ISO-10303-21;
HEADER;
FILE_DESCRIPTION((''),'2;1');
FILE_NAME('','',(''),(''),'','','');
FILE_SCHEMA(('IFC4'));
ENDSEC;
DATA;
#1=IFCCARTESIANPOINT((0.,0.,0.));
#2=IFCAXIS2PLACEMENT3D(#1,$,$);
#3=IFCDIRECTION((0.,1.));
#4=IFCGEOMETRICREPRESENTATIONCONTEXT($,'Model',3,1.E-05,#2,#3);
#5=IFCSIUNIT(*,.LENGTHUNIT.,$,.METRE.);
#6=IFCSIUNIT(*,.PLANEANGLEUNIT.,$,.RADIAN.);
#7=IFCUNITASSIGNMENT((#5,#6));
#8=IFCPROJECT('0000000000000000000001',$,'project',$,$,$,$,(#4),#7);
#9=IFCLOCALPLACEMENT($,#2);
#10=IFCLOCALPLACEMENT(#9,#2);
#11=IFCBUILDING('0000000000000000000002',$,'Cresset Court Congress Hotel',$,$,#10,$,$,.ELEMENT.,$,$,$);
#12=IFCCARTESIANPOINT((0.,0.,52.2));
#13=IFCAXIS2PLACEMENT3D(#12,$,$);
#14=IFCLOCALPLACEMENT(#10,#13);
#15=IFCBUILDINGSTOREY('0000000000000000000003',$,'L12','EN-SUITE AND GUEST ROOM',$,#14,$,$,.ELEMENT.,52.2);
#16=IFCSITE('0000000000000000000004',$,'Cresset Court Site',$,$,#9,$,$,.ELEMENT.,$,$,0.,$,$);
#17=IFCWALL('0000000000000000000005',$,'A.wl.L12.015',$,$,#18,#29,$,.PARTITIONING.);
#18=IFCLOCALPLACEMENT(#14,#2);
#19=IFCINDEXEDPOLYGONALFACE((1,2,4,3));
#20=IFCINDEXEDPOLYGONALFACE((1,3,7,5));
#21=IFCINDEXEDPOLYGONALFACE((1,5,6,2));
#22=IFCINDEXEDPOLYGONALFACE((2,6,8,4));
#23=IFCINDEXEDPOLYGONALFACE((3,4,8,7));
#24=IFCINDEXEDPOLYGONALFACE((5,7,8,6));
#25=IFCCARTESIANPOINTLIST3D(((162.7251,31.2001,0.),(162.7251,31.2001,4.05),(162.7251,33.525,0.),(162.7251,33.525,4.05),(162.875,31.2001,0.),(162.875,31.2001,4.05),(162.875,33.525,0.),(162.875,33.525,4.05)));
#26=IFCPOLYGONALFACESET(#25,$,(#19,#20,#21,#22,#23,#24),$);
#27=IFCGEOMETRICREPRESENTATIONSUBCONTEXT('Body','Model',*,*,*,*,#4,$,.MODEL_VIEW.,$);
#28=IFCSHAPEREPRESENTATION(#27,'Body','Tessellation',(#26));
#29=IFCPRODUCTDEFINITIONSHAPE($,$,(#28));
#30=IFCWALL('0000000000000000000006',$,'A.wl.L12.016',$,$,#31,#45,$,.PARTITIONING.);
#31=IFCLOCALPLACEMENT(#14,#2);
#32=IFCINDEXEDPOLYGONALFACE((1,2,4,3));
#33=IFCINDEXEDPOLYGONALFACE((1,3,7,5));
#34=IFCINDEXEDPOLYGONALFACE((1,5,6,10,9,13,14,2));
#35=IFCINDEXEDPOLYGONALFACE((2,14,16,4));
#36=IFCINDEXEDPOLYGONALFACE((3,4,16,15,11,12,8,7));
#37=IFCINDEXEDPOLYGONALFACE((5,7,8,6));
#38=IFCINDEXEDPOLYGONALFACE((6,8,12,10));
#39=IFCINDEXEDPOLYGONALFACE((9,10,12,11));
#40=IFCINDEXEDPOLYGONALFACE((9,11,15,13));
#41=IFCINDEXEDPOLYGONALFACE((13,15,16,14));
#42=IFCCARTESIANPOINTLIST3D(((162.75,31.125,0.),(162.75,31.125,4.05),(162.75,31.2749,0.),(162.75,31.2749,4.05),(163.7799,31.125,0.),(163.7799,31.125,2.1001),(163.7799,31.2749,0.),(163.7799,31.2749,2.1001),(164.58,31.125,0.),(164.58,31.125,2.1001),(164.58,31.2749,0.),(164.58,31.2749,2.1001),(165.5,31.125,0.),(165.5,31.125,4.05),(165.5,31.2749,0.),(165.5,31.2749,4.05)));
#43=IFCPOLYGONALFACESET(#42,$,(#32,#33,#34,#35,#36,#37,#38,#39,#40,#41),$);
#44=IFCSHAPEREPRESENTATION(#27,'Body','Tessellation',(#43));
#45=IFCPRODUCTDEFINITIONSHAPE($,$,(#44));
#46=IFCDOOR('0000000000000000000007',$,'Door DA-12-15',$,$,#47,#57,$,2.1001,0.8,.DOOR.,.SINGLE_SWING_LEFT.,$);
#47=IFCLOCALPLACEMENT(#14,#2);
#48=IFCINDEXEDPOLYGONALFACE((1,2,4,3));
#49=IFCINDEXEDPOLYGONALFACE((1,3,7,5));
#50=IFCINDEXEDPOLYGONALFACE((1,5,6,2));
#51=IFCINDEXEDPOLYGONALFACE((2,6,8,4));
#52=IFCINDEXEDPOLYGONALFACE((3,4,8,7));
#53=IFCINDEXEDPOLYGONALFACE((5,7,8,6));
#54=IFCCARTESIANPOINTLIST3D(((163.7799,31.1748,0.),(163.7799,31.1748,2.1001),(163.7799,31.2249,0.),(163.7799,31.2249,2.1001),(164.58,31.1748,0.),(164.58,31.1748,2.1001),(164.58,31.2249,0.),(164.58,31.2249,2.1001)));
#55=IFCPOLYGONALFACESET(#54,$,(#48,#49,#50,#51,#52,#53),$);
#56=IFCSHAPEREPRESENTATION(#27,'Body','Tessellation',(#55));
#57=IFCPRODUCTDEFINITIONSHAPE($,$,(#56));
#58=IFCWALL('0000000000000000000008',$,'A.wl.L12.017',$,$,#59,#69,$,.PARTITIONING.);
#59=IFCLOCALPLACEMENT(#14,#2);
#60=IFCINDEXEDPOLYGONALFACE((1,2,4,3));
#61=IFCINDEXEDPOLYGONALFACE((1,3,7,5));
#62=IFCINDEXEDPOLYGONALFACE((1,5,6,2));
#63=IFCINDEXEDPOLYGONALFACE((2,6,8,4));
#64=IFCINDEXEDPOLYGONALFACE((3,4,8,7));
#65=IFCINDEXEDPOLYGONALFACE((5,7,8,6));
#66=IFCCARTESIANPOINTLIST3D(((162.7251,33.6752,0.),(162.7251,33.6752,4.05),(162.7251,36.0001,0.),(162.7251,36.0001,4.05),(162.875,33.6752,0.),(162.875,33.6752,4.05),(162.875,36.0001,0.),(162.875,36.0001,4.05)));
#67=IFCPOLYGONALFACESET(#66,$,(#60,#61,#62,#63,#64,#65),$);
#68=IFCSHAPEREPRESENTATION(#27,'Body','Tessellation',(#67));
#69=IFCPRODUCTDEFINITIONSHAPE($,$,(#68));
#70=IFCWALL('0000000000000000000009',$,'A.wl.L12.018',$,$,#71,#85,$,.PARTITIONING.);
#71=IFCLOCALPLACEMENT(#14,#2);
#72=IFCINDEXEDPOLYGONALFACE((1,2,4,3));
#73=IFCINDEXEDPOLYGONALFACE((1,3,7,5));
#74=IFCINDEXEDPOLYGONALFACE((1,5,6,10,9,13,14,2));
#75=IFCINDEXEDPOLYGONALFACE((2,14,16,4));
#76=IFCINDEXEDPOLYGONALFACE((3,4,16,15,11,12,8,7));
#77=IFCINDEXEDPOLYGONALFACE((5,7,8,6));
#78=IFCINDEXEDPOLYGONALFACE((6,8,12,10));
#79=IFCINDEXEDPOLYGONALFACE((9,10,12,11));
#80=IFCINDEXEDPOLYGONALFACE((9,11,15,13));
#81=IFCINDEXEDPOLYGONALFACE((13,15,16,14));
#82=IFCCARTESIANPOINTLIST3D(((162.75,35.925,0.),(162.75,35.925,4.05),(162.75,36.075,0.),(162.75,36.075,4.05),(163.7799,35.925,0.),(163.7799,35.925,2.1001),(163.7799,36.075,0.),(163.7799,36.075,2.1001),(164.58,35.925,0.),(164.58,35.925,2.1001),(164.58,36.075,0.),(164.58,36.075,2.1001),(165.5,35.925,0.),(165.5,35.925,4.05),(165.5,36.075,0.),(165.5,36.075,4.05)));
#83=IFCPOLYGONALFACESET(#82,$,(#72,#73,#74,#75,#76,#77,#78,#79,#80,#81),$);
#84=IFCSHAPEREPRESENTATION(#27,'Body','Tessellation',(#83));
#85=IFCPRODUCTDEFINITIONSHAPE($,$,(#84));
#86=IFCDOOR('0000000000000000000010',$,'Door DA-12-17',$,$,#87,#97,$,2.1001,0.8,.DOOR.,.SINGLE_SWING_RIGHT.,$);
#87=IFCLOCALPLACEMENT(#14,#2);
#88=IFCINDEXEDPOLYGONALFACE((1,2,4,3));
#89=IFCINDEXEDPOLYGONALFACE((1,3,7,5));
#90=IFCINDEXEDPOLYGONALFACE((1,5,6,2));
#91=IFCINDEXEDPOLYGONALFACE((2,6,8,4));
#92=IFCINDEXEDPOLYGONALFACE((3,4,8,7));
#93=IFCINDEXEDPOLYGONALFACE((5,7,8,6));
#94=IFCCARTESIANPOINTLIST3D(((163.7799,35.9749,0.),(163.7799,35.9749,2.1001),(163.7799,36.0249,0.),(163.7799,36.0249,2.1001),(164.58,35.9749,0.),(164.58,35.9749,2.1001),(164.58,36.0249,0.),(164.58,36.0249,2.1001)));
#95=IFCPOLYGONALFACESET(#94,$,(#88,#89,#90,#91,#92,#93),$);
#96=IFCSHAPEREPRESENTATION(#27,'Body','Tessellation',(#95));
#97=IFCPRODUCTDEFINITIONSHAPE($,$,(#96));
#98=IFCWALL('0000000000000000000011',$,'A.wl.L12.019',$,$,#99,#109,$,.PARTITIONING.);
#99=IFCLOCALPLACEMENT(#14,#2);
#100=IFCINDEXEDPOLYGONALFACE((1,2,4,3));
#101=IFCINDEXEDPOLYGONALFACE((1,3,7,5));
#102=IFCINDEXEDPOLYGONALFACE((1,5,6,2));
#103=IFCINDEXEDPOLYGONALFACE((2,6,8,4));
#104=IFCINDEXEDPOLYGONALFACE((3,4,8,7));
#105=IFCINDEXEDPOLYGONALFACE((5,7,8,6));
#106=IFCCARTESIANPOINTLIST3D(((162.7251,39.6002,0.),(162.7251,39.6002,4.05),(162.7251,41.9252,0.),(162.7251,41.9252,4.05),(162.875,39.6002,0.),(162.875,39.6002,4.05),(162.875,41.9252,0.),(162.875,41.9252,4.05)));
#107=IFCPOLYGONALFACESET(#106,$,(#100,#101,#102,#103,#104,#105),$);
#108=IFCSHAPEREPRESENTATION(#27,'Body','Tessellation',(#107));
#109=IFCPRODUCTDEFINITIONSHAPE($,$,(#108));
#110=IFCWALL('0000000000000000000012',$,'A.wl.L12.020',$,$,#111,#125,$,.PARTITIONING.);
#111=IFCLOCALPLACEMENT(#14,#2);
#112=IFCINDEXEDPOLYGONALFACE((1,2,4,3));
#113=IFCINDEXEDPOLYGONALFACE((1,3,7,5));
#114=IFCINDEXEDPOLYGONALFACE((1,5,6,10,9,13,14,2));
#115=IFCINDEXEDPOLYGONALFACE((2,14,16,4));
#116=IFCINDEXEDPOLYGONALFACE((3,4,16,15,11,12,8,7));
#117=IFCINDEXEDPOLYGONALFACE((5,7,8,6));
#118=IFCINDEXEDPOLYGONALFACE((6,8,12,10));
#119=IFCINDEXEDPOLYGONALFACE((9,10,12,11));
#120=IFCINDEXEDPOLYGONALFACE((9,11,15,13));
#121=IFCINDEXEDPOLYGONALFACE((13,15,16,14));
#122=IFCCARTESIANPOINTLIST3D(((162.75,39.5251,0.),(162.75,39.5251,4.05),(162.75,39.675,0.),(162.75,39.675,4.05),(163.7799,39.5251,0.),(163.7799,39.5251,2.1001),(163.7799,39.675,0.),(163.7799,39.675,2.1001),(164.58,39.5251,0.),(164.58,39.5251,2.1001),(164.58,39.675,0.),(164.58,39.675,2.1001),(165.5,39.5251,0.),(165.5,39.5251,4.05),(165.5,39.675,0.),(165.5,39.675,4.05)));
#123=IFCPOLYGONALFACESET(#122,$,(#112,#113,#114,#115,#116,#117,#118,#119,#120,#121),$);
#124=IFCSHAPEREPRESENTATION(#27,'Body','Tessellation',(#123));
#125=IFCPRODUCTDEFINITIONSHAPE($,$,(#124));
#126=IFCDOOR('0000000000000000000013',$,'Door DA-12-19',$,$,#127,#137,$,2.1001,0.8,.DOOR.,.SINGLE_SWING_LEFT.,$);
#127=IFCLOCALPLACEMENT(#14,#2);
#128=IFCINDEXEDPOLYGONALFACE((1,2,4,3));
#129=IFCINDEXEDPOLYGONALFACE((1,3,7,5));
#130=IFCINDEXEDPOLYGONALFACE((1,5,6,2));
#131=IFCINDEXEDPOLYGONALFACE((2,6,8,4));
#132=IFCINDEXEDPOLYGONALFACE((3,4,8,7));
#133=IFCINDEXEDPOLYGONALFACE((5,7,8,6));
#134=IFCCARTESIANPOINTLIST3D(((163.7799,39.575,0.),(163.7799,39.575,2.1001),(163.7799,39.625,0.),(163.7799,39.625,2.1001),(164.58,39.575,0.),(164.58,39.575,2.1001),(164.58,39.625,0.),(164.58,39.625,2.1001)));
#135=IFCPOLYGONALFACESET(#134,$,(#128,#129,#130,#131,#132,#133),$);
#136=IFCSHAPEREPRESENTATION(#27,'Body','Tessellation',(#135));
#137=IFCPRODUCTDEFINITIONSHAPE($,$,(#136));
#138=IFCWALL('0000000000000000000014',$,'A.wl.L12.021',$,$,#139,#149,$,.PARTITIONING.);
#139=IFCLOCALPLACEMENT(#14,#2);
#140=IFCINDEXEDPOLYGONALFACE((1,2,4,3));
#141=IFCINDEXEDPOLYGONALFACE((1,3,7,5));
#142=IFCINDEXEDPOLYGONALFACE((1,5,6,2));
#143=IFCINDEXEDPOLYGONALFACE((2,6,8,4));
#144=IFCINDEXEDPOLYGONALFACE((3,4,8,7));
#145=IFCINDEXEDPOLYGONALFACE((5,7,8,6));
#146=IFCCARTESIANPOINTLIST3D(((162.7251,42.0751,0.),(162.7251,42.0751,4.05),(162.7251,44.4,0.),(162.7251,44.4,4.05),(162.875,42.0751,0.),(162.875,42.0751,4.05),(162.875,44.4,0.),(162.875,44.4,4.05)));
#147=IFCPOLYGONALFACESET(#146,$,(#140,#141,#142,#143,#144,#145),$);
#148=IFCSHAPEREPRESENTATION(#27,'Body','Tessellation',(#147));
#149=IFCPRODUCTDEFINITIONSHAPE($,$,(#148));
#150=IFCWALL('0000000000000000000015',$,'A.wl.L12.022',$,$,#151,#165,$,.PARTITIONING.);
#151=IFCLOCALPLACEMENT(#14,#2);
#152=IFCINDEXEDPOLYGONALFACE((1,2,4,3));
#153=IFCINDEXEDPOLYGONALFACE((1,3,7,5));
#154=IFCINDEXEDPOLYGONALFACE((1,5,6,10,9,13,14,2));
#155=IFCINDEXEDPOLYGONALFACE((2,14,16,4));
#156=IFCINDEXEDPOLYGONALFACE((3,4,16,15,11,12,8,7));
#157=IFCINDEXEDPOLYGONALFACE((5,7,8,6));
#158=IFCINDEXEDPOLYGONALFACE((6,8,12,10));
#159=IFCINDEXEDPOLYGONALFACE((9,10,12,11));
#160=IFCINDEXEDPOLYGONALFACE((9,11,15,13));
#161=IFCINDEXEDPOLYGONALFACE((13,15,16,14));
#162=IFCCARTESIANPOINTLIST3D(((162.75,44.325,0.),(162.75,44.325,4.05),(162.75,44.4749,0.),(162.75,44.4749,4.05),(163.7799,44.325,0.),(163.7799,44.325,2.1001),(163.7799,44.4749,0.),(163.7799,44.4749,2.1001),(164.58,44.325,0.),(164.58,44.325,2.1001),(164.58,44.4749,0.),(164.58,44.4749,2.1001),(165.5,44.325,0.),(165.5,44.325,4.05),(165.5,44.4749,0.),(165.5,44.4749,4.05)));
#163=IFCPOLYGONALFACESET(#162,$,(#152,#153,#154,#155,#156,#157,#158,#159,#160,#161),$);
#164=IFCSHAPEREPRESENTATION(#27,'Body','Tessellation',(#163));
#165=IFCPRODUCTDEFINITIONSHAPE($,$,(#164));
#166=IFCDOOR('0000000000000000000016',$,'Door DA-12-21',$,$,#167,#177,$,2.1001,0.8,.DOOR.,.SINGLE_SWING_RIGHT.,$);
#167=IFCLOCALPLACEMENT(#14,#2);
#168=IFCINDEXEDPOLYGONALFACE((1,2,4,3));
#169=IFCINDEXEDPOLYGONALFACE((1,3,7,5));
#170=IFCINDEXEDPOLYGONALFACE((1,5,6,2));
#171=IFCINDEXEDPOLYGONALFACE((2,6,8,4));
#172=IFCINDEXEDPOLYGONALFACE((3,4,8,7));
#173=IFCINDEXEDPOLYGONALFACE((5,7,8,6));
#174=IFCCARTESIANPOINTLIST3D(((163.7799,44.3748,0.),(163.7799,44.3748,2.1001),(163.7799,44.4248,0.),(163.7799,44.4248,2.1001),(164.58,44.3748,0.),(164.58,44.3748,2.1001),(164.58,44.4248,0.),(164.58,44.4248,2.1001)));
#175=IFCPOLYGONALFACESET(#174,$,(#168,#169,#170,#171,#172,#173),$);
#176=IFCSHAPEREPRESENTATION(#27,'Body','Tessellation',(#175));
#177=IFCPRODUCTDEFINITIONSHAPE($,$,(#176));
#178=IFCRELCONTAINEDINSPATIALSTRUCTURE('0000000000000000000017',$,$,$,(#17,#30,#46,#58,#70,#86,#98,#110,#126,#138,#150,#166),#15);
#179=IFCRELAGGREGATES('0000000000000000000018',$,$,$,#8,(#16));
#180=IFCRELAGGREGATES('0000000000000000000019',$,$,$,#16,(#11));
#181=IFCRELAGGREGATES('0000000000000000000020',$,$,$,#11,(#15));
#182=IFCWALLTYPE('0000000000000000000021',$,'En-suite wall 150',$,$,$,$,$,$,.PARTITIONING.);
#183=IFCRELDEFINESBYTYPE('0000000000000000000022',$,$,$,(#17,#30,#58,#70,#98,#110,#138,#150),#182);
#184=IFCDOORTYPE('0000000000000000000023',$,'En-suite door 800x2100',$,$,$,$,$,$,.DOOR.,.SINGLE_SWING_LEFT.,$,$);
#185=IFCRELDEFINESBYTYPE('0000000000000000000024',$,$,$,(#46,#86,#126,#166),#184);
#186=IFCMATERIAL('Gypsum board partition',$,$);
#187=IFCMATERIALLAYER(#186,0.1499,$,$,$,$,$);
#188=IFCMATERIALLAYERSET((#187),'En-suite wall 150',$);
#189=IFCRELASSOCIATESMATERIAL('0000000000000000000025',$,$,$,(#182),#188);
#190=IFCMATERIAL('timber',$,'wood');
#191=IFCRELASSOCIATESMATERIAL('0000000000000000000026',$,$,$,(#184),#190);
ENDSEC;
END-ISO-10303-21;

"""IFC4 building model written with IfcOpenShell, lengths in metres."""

from ifc_helpers import new_model, si_unit, direction, frame, frame_2d, origin, place, context, subcontext, project, spatial, rectangle, extrude, material, layer, layer_set, type_object, element, fill, save


model = new_model("IFC4")

# Units and contexts
model_context = context("Model", 3, precision=1e-05, world=origin(), true_north=direction((0.0, 1.0)))
body_context = subcontext(model_context, "Body", "Model", "MODEL_VIEW")
ifc_project = project(units=[si_unit("LENGTHUNIT", "METRE"), si_unit("PLANEANGLEUNIT", "RADIAN")], contexts=[model_context])

# Site, building, storey
site_placement = place(None, origin())
site = spatial("IfcSite", under=ifc_project, at=site_placement, Name="Cresset Court Site", CompositionType="ELEMENT", RefElevation=0.0)
building_placement = place(site_placement, origin())
building = spatial("IfcBuilding", under=site, at=building_placement, Name="Cresset Court Congress Hotel", CompositionType="ELEMENT")
storey_placement = place(building_placement, frame((0.0, 0.0, 52.2)))
storey = spatial("IfcBuildingStorey", under=building, at=storey_placement, Name="L12", Description="EN-SUITE AND GUEST ROOM", CompositionType="ELEMENT", Elevation=52.2)

# Wall
ifc_material_1 = material(Name="Gypsum board partition")
ifc_layer_1 = layer(ifc_material_1, 0.1499)
ifc_layer_set_1 = layer_set([ifc_layer_1], Name="En-suite wall 150")
wall_type_1 = type_object("IfcWallType", Name="En-suite wall 150", PredefinedType="PARTITIONING", material=ifc_layer_set_1)
wall_1_placement = place(storey_placement, frame((162.8, 31.2, 0.0), z_axis=(0.0, 0.0, 1.0), x_axis=(0.0, 1.0, 0.0)))
element("IfcWall", 1, at=wall_1_placement, inside=storey, type_object=wall_type_1, Name="A.wl.L12.015", PredefinedType="PARTITIONING", context=body_context, shape_type="SweptSolid", body=[
    extrude(rectangle(XDim=2.325, YDim=0.1499, at=frame_2d((1.1626, 0.0))), origin(), (0.0, 0.0, 1.0), 4.05),
])

# Wall, opening, door
wall_2_placement = place(storey_placement, frame((162.75, 31.2, 0.0), z_axis=(0.0, 0.0, 1.0), x_axis=(1.0, 0.0, 0.0)))
wall_2 = element("IfcWall", 2, at=wall_2_placement, inside=storey, type_object=wall_type_1, Name="A.wl.L12.016", PredefinedType="PARTITIONING", context=body_context, shape_type="SweptSolid", body=[
    extrude(rectangle(XDim=2.75, YDim=0.1499, at=frame_2d((1.375, 0.0))), origin(), (0.0, 0.0, 1.0), 4.05),
])
opening_1_placement = place(wall_2_placement, frame((1.03, 0.0, 0.0)))
opening_1 = element("IfcOpeningElement", 3, at=opening_1_placement, cuts=wall_2, PredefinedType="OPENING", context=body_context, shape_type="SweptSolid", body=[
    extrude(rectangle(XDim=0.8, YDim=2.1001, at=frame_2d((0.3999, 1.05))), frame((0.0, 0.085, 0.0), z_axis=(0.0, -1.0, 0.0), x_axis=(1.0, 0.0, 0.0)), (0.0, 0.0, 1.0), 0.1699),
])
ifc_material_2 = material(Name="timber", Category="wood")
door_type = type_object("IfcDoorType", Name="En-suite door 800x2100", OperationType="SINGLE_SWING_LEFT", PredefinedType="DOOR", material=ifc_material_2)
door_1_placement = place(opening_1_placement, origin())
door_1 = element("IfcDoor", 4, at=door_1_placement, inside=storey, type_object=door_type, Name="Door DA-12-15", OperationType="SINGLE_SWING_LEFT", OverallHeight=2.1001, OverallWidth=0.8, PredefinedType="DOOR", context=body_context, shape_type="SweptSolid", body=[
    extrude(rectangle(XDim=0.8, YDim=2.1001, at=frame_2d((0.3999, 1.05))), frame((0.0, 0.0249, 0.0), z_axis=(0.0, -1.0, 0.0), x_axis=(1.0, 0.0, 0.0)), (0.0, 0.0, 1.0), 0.05),
])
fill(opening_1, door_1)

# Wall
wall_3_placement = place(storey_placement, frame((162.8, 33.675, 0.0), z_axis=(0.0, 0.0, 1.0), x_axis=(0.0, 1.0, 0.0)))
element("IfcWall", 5, at=wall_3_placement, inside=storey, type_object=wall_type_1, Name="A.wl.L12.017", PredefinedType="PARTITIONING", context=body_context, shape_type="SweptSolid", body=[
    extrude(rectangle(XDim=2.325, YDim=0.1499, at=frame_2d((1.1626, 0.0))), origin(), (0.0, 0.0, 1.0), 4.05),
])

# Wall, opening, door
wall_4_placement = place(storey_placement, frame((162.75, 36.0, 0.0), z_axis=(0.0, 0.0, 1.0), x_axis=(1.0, 0.0, 0.0)))
wall_4 = element("IfcWall", 6, at=wall_4_placement, inside=storey, type_object=wall_type_1, Name="A.wl.L12.018", PredefinedType="PARTITIONING", context=body_context, shape_type="SweptSolid", body=[
    extrude(rectangle(XDim=2.75, YDim=0.1499, at=frame_2d((1.375, 0.0))), origin(), (0.0, 0.0, 1.0), 4.05),
])
opening_2_placement = place(wall_4_placement, frame((1.03, 0.0, 0.0)))
opening_2 = element("IfcOpeningElement", 7, at=opening_2_placement, cuts=wall_4, PredefinedType="OPENING", context=body_context, shape_type="SweptSolid", body=[
    extrude(rectangle(XDim=0.8, YDim=2.1001, at=frame_2d((0.3999, 1.05))), frame((0.0, 0.085, 0.0), z_axis=(0.0, -1.0, 0.0), x_axis=(1.0, 0.0, 0.0)), (0.0, 0.0, 1.0), 0.1699),
])
door_2_placement = place(opening_2_placement, origin())
door_2 = element("IfcDoor", 8, at=door_2_placement, inside=storey, type_object=door_type, Name="Door DA-12-17", OperationType="SINGLE_SWING_RIGHT", OverallHeight=2.1001, OverallWidth=0.8, PredefinedType="DOOR", context=body_context, shape_type="SweptSolid", body=[
    extrude(rectangle(XDim=0.8, YDim=2.1001, at=frame_2d((0.3999, 1.05))), frame((0.0, 0.0249, 0.0), z_axis=(0.0, -1.0, 0.0), x_axis=(1.0, 0.0, 0.0)), (0.0, 0.0, 1.0), 0.05),
])
fill(opening_2, door_2)

# Wall
wall_5_placement = place(storey_placement, frame((162.8, 39.6001, 0.0), z_axis=(0.0, 0.0, 1.0), x_axis=(0.0, 1.0, 0.0)))
element("IfcWall", 9, at=wall_5_placement, inside=storey, type_object=wall_type_1, Name="A.wl.L12.019", PredefinedType="PARTITIONING", context=body_context, shape_type="SweptSolid", body=[
    extrude(rectangle(XDim=2.325, YDim=0.1499, at=frame_2d((1.1626, 0.0))), origin(), (0.0, 0.0, 1.0), 4.05),
])

# Wall, opening, door
wall_6_placement = place(storey_placement, frame((162.75, 39.6001, 0.0), z_axis=(0.0, 0.0, 1.0), x_axis=(1.0, 0.0, 0.0)))
wall_6 = element("IfcWall", 10, at=wall_6_placement, inside=storey, type_object=wall_type_1, Name="A.wl.L12.020", PredefinedType="PARTITIONING", context=body_context, shape_type="SweptSolid", body=[
    extrude(rectangle(XDim=2.75, YDim=0.1499, at=frame_2d((1.375, 0.0))), origin(), (0.0, 0.0, 1.0), 4.05),
])
opening_3_placement = place(wall_6_placement, frame((1.03, 0.0, 0.0)))
opening_3 = element("IfcOpeningElement", 11, at=opening_3_placement, cuts=wall_6, PredefinedType="OPENING", context=body_context, shape_type="SweptSolid", body=[
    extrude(rectangle(XDim=0.8, YDim=2.1001, at=frame_2d((0.3999, 1.05))), frame((0.0, 0.085, 0.0), z_axis=(0.0, -1.0, 0.0), x_axis=(1.0, 0.0, 0.0)), (0.0, 0.0, 1.0), 0.1699),
])
door_3_placement = place(opening_3_placement, origin())
door_3 = element("IfcDoor", 12, at=door_3_placement, inside=storey, type_object=door_type, Name="Door DA-12-19", OperationType="SINGLE_SWING_LEFT", OverallHeight=2.1001, OverallWidth=0.8, PredefinedType="DOOR", context=body_context, shape_type="SweptSolid", body=[
    extrude(rectangle(XDim=0.8, YDim=2.1001, at=frame_2d((0.3999, 1.05))), frame((0.0, 0.0249, 0.0), z_axis=(0.0, -1.0, 0.0), x_axis=(1.0, 0.0, 0.0)), (0.0, 0.0, 1.0), 0.05),
])
fill(opening_3, door_3)

# Wall
wall_7_placement = place(storey_placement, frame((162.8, 42.075, 0.0), z_axis=(0.0, 0.0, 1.0), x_axis=(0.0, 1.0, 0.0)))
element("IfcWall", 13, at=wall_7_placement, inside=storey, type_object=wall_type_1, Name="A.wl.L12.021", PredefinedType="PARTITIONING", context=body_context, shape_type="SweptSolid", body=[
    extrude(rectangle(XDim=2.325, YDim=0.1499, at=frame_2d((1.1626, 0.0))), origin(), (0.0, 0.0, 1.0), 4.05),
])

# Wall, opening, door
wall_8_placement = place(storey_placement, frame((162.75, 44.3999, 0.0), z_axis=(0.0, 0.0, 1.0), x_axis=(1.0, 0.0, 0.0)))
wall_8 = element("IfcWall", 14, at=wall_8_placement, inside=storey, type_object=wall_type_1, Name="A.wl.L12.022", PredefinedType="PARTITIONING", context=body_context, shape_type="SweptSolid", body=[
    extrude(rectangle(XDim=2.75, YDim=0.1499, at=frame_2d((1.375, 0.0))), origin(), (0.0, 0.0, 1.0), 4.05),
])
opening_4_placement = place(wall_8_placement, frame((1.03, 0.0, 0.0)))
opening_4 = element("IfcOpeningElement", 15, at=opening_4_placement, cuts=wall_8, PredefinedType="OPENING", context=body_context, shape_type="SweptSolid", body=[
    extrude(rectangle(XDim=0.8, YDim=2.1001, at=frame_2d((0.3999, 1.05))), frame((0.0, 0.085, 0.0), z_axis=(0.0, -1.0, 0.0), x_axis=(1.0, 0.0, 0.0)), (0.0, 0.0, 1.0), 0.1699),
])
door_4_placement = place(opening_4_placement, origin())
door_4 = element("IfcDoor", 16, at=door_4_placement, inside=storey, type_object=door_type, Name="Door DA-12-21", OperationType="SINGLE_SWING_RIGHT", OverallHeight=2.1001, OverallWidth=0.8, PredefinedType="DOOR", context=body_context, shape_type="SweptSolid", body=[
    extrude(rectangle(XDim=0.8, YDim=2.1001, at=frame_2d((0.3999, 1.05))), frame((0.0, 0.0249, 0.0), z_axis=(0.0, -1.0, 0.0), x_axis=(1.0, 0.0, 0.0)), (0.0, 0.0, 1.0), 0.05),
])
fill(opening_4, door_4)

save(model, "model.ifc")
